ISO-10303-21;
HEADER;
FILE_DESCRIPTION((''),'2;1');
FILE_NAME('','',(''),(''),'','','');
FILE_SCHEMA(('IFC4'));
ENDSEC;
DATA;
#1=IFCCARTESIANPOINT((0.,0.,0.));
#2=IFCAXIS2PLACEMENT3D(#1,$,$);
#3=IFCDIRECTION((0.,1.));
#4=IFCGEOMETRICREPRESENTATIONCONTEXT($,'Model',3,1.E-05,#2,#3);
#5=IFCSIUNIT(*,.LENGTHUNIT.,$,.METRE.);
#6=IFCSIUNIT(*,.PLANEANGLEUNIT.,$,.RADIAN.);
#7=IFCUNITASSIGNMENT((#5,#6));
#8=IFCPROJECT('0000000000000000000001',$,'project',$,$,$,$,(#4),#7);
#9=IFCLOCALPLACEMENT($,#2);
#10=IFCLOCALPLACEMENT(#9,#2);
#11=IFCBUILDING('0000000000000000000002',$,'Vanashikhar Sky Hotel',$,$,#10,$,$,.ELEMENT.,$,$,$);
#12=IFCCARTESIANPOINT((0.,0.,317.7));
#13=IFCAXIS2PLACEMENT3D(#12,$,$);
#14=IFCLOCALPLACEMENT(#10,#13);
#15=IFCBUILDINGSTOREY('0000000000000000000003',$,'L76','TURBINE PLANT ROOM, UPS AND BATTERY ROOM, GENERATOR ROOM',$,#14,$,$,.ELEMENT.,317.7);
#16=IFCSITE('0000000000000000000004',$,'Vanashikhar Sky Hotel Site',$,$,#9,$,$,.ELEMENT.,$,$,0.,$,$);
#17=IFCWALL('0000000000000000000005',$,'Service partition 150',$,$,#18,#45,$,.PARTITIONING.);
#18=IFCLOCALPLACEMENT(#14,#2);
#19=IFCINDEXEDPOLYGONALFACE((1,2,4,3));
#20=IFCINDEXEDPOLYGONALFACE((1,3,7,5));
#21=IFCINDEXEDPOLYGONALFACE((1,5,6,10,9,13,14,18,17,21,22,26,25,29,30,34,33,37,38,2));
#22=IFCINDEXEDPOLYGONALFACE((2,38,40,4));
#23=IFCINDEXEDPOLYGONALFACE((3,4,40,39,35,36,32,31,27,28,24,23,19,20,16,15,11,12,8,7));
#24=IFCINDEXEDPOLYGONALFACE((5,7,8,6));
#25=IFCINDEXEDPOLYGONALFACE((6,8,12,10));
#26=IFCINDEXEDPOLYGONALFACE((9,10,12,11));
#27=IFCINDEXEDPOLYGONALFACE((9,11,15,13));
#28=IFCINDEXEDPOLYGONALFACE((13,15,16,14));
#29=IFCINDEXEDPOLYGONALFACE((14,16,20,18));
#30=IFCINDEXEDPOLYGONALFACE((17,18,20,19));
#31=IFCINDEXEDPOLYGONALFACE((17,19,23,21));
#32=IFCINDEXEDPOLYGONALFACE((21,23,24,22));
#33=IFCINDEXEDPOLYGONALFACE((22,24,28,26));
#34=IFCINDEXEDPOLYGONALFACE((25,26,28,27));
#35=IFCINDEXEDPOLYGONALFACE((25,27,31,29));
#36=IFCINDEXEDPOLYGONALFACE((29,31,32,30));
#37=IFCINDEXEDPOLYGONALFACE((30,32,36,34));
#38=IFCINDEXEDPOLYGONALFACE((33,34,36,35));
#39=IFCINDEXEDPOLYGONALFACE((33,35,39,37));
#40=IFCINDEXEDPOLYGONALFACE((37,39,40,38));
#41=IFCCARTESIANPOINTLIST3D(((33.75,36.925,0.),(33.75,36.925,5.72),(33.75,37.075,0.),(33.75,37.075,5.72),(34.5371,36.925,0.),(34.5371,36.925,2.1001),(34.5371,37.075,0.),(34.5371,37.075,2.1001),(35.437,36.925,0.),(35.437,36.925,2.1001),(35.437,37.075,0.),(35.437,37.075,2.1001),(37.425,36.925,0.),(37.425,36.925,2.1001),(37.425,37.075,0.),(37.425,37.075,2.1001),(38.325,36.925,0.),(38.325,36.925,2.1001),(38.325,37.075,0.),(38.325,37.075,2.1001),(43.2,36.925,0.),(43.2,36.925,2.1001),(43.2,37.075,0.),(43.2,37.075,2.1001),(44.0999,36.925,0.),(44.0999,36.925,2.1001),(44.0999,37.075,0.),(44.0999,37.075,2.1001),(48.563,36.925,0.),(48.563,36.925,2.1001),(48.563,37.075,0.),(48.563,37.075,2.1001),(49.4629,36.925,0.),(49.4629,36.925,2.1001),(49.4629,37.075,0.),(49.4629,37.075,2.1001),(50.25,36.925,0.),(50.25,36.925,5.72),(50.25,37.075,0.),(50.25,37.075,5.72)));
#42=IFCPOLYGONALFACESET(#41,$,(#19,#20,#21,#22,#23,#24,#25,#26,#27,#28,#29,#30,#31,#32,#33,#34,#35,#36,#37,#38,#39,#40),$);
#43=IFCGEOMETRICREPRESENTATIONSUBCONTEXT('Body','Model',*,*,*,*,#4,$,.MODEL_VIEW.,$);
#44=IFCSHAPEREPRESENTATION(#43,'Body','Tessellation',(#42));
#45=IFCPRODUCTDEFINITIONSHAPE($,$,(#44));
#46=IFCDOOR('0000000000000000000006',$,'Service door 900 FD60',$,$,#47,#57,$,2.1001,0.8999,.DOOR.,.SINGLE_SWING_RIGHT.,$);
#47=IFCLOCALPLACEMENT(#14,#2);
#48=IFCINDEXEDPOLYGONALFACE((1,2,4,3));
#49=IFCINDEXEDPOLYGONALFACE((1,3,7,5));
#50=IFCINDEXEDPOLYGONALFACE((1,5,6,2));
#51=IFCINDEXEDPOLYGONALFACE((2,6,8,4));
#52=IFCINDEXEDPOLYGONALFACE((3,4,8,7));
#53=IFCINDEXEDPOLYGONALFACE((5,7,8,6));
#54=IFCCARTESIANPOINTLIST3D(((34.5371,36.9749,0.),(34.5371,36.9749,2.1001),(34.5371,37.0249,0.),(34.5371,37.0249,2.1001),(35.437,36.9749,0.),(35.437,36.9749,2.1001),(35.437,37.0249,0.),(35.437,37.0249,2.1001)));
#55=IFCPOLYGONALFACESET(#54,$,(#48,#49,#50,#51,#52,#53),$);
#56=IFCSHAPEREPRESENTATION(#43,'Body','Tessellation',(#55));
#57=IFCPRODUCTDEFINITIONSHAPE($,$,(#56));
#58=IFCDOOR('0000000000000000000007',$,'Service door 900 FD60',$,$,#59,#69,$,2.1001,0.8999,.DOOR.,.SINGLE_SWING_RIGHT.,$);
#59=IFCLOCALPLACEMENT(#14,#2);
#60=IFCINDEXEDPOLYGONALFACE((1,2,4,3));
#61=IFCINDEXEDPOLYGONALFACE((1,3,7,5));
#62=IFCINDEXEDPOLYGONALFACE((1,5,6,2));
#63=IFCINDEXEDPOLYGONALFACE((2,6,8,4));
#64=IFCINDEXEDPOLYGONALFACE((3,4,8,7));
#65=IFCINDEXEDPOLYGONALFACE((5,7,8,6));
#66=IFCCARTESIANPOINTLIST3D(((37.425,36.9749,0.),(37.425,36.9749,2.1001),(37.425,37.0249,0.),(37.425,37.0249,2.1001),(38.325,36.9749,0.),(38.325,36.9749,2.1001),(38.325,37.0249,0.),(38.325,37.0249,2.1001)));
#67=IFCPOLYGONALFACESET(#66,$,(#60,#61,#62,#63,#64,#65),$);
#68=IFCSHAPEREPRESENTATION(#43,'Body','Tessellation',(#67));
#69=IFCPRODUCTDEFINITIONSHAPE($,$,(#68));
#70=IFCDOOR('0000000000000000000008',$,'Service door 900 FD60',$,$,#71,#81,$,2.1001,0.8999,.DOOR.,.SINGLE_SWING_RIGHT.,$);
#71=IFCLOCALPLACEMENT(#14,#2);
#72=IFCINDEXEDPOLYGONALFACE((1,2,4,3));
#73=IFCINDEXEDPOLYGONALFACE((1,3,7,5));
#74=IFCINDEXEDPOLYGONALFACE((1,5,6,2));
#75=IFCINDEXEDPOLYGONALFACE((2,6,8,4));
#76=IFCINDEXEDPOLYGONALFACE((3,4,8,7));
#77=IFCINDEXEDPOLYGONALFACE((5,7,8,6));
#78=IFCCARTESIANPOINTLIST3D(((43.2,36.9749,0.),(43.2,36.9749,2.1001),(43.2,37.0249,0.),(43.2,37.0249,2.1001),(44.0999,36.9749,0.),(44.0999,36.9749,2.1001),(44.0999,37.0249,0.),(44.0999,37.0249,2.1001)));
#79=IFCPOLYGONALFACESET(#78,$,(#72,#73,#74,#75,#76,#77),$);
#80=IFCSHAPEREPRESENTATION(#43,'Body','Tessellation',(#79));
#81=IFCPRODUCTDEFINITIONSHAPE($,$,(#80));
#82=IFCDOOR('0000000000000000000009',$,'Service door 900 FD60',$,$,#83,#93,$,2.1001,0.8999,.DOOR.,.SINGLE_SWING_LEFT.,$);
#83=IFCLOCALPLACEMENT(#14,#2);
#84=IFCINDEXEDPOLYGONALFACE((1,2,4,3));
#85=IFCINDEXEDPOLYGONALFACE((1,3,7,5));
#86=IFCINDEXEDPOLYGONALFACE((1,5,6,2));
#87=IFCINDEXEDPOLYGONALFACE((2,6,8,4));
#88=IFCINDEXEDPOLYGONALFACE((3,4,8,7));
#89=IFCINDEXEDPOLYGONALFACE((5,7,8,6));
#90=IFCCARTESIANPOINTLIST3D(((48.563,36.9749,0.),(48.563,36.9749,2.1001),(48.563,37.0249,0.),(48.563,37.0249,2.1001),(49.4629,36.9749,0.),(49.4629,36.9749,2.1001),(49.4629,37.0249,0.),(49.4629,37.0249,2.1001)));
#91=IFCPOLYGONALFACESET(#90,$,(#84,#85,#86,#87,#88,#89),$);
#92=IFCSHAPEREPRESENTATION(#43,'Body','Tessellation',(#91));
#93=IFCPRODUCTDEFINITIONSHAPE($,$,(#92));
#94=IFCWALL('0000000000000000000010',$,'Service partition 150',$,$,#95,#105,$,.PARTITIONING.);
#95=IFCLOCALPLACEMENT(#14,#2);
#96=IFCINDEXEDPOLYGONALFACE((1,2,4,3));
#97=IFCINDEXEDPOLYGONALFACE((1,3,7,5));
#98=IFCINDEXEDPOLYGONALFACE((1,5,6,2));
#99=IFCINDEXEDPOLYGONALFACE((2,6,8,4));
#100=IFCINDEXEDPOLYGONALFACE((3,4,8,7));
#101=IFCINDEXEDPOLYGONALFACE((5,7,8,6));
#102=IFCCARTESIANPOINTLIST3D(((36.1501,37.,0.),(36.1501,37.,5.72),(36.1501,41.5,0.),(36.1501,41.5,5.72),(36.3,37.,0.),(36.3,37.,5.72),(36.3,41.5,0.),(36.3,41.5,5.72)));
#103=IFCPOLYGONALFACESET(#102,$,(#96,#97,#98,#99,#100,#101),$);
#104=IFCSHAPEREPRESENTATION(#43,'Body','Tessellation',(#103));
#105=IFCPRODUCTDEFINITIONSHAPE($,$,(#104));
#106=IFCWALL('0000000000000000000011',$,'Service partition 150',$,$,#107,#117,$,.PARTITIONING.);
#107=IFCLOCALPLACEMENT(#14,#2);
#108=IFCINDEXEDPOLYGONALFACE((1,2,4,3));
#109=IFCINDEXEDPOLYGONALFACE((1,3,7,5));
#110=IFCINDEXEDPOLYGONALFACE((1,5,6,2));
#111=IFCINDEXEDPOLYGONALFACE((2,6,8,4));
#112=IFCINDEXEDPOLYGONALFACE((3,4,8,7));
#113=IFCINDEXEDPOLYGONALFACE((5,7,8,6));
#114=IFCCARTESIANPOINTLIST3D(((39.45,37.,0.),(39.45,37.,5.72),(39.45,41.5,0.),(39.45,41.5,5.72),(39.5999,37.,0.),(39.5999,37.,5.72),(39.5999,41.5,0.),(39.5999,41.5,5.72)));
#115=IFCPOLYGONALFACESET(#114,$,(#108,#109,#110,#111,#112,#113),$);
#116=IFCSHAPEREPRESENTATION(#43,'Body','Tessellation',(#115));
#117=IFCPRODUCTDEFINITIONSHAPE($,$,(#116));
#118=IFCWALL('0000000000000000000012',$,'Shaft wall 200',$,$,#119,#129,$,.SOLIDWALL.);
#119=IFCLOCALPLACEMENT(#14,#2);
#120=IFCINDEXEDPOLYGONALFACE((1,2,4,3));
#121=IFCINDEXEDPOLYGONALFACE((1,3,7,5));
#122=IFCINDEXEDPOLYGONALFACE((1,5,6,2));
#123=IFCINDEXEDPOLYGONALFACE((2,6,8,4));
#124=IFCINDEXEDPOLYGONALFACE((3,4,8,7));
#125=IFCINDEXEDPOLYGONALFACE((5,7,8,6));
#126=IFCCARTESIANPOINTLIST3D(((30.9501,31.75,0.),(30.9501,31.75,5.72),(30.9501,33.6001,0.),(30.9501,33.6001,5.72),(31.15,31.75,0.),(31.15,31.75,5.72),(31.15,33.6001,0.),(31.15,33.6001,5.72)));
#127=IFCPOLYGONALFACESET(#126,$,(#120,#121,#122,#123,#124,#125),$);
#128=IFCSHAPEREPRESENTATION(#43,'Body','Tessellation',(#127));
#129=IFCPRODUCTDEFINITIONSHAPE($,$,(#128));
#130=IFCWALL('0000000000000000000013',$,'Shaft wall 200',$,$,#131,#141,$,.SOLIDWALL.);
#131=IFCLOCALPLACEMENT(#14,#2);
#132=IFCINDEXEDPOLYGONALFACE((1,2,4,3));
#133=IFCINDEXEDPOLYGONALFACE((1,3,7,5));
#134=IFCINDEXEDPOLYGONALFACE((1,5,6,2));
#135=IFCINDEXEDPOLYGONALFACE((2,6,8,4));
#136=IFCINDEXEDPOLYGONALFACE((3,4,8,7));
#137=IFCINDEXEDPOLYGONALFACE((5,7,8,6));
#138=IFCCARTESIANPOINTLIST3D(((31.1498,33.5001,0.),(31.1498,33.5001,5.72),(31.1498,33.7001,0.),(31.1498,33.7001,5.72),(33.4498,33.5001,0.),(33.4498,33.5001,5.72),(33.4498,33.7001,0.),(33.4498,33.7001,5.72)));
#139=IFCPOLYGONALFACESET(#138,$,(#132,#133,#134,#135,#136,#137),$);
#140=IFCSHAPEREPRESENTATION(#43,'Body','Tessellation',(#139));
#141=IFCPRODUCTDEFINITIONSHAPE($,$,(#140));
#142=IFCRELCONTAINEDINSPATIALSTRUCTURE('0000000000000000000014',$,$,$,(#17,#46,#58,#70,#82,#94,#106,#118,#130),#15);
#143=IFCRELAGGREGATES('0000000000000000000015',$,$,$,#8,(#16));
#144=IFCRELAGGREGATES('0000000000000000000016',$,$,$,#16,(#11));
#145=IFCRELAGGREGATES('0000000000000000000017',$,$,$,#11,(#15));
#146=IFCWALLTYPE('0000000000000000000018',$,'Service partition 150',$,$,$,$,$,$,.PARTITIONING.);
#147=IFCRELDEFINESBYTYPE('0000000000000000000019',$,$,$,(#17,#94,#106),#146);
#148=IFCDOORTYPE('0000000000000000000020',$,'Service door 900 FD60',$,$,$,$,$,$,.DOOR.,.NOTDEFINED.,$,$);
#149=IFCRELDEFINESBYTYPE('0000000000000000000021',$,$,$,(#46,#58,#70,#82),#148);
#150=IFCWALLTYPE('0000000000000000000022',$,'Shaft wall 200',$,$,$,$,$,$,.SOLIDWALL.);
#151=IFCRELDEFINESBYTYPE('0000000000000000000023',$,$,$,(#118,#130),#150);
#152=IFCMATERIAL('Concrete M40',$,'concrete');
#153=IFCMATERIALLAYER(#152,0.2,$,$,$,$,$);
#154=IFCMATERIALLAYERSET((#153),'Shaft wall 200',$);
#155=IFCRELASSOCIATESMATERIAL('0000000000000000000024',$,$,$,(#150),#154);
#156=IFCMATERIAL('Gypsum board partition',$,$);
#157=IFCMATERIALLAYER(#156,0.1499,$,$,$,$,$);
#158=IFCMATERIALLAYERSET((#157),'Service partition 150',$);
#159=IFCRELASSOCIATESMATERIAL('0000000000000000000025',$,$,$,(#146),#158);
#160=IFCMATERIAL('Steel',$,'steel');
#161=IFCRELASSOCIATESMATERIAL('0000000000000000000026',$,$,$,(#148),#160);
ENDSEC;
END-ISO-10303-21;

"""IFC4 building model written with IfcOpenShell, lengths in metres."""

from ifc_helpers import new_model, si_unit, direction, frame, frame_2d, origin, place, context, subcontext, project, spatial, rectangle, extrude, source, transform, mapped, material, layer, layer_set, type_object, element, fill, save


model = new_model("IFC4")

# Units and contexts
model_context = context("Model", 3, precision=1e-05, world=origin(), true_north=direction((0.0, 1.0)))
body_context = subcontext(model_context, "Body", "Model", "MODEL_VIEW")
ifc_project = project(units=[si_unit("LENGTHUNIT", "METRE"), si_unit("PLANEANGLEUNIT", "RADIAN")], contexts=[model_context])

# Site, building, storey
site_placement = place(None, origin())
site = spatial("IfcSite", under=ifc_project, at=site_placement, Name="Vanashikhar Sky Hotel Site", CompositionType="ELEMENT", RefElevation=0.0)
building_placement = place(site_placement, origin())
building = spatial("IfcBuilding", under=site, at=building_placement, Name="Vanashikhar Sky Hotel", CompositionType="ELEMENT")
storey_placement = place(building_placement, frame((0.0, 0.0, 317.7)))
storey = spatial("IfcBuildingStorey", under=building, at=storey_placement, Name="L76", Description="TURBINE PLANT ROOM, UPS AND BATTERY ROOM, GENERATOR ROOM", CompositionType="ELEMENT", Elevation=317.7)

# Shared definitions
ifc_material_1 = material(Name="Steel", Category="steel")

# Shared definitions
ifc_material_2 = material(Name="Concrete M40", Category="concrete")
ifc_layer_1 = layer(ifc_material_2, 0.2)
ifc_layer_set_1 = layer_set([ifc_layer_1], Name="Shaft wall 200")
wall_type_1 = type_object("IfcWallType", Name="Shaft wall 200", PredefinedType="SOLIDWALL", material=ifc_layer_set_1)

# Shared definitions
ifc_material_3 = material(Name="Gypsum board partition")
ifc_layer_2 = layer(ifc_material_3, 0.1499)
ifc_layer_set_2 = layer_set([ifc_layer_2], Name="Service partition 150")
wall_type_2 = type_object("IfcWallType", Name="Service partition 150", PredefinedType="PARTITIONING", material=ifc_layer_set_2)

# Shared definitions
shared_shape_1 = source(origin(), body_context, "Body", "SweptSolid", [
    extrude(rectangle(XDim=0.8999, YDim=2.1001, at=frame_2d((0.45, 1.05))), frame((0.0, 0.085, 0.0), z_axis=(0.0, -1.0, 0.0), x_axis=(1.0, 0.0, 0.0)), (0.0, 0.0, 1.0), 0.1699),
])
door_type_1 = type_object("IfcDoorType", Name="Service door 900 FD60", OperationType="NOTDEFINED", PredefinedType="DOOR", material=ifc_material_1)
shared_shape_2 = source(origin(), body_context, "Body", "SweptSolid", [
    extrude(rectangle(XDim=0.8999, YDim=2.1001, at=frame_2d((0.45, 1.05))), frame((0.0, 0.0249, 0.0), z_axis=(0.0, -1.0, 0.0), x_axis=(1.0, 0.0, 0.0)), (0.0, 0.0, 1.0), 0.05),
])

# Wall, openings, doors
shared_shape_3 = source(origin(), body_context, "Body", "SweptSolid", [
    extrude(rectangle(XDim=16.5, YDim=0.1499, at=frame_2d((8.25, 0.0))), origin(), (0.0, 0.0, 1.0), 5.72),
])
wall_1_placement = place(storey_placement, frame((33.75, 37.0, 0.0), z_axis=(0.0, 0.0, 1.0), x_axis=(1.0, 0.0, 0.0)))
wall_1 = element("IfcWall", 1, at=wall_1_placement, inside=storey, type_object=wall_type_2, Name="Service partition 150", PredefinedType="PARTITIONING", context=body_context, shape_type="MappedRepresentation", body=[
    mapped(shared_shape_3, transform((0.0, 0.0, 0.0), scale=1.0)),
])
opening_1_placement = place(wall_1_placement, frame((0.7871, 0.0, 0.0)))
opening_1 = element("IfcOpeningElement", 2, at=opening_1_placement, cuts=wall_1, PredefinedType="OPENING", context=body_context, shape_type="MappedRepresentation", body=[
    mapped(shared_shape_1, transform((0.0, 0.0, 0.0), scale=1.0)),
])
opening_2_placement = place(wall_1_placement, frame((3.675, 0.0, 0.0)))
opening_2 = element("IfcOpeningElement", 3, at=opening_2_placement, cuts=wall_1, PredefinedType="OPENING", context=body_context, shape_type="MappedRepresentation", body=[
    mapped(shared_shape_1, transform((0.0, 0.0, 0.0), scale=1.0)),
])
opening_3_placement = place(wall_1_placement, frame((9.45, 0.0, 0.0)))
opening_3 = element("IfcOpeningElement", 4, at=opening_3_placement, cuts=wall_1, PredefinedType="OPENING", context=body_context, shape_type="MappedRepresentation", body=[
    mapped(shared_shape_1, transform((0.0, 0.0, 0.0), scale=1.0)),
])
opening_4_placement = place(wall_1_placement, frame((14.813, 0.0, 0.0)))
opening_4 = element("IfcOpeningElement", 5, at=opening_4_placement, cuts=wall_1, PredefinedType="OPENING", context=body_context, shape_type="MappedRepresentation", body=[
    mapped(shared_shape_1, transform((0.0, 0.0, 0.0), scale=1.0)),
])
door_1_placement = place(opening_1_placement, origin())
door_1 = element("IfcDoor", 6, at=door_1_placement, inside=storey, type_object=door_type_1, Name="Service door 900 FD60", OperationType="SINGLE_SWING_RIGHT", OverallHeight=2.1001, OverallWidth=0.8999, PredefinedType="DOOR", context=body_context, shape_type="MappedRepresentation", body=[
    mapped(shared_shape_2, transform((0.0, 0.0, 0.0), scale=1.0)),
])
fill(opening_1, door_1)
door_2_placement = place(opening_2_placement, origin())
door_2 = element("IfcDoor", 7, at=door_2_placement, inside=storey, type_object=door_type_1, Name="Service door 900 FD60", OperationType="SINGLE_SWING_RIGHT", OverallHeight=2.1001, OverallWidth=0.8999, PredefinedType="DOOR", context=body_context, shape_type="MappedRepresentation", body=[
    mapped(shared_shape_2, transform((0.0, 0.0, 0.0), scale=1.0)),
])
fill(opening_2, door_2)
door_3_placement = place(opening_3_placement, origin())
door_3 = element("IfcDoor", 8, at=door_3_placement, inside=storey, type_object=door_type_1, Name="Service door 900 FD60", OperationType="SINGLE_SWING_RIGHT", OverallHeight=2.1001, OverallWidth=0.8999, PredefinedType="DOOR", context=body_context, shape_type="MappedRepresentation", body=[
    mapped(shared_shape_2, transform((0.0, 0.0, 0.0), scale=1.0)),
])
fill(opening_3, door_3)
door_4_placement = place(opening_4_placement, origin())
door_4 = element("IfcDoor", 9, at=door_4_placement, inside=storey, type_object=door_type_1, Name="Service door 900 FD60", OperationType="SINGLE_SWING_LEFT", OverallHeight=2.1001, OverallWidth=0.8999, PredefinedType="DOOR", context=body_context, shape_type="MappedRepresentation", body=[
    mapped(shared_shape_2, transform((0.0, 0.0, 0.0), scale=1.0)),
])
fill(opening_4, door_4)

# Walls
shared_shape_4 = source(origin(), body_context, "Body", "SweptSolid", [
    extrude(rectangle(XDim=4.5, YDim=0.1499, at=frame_2d((2.25, 0.0))), origin(), (0.0, 0.0, 1.0), 5.72),
])
for number, where, z_axis, x_axis, name in (
    (10, (36.2251, 37.0, 0.0), (0.0, 0.0, 1.0), (0.0, 1.0, 0.0), "Service partition 150"),
    (11, (39.5249, 37.0, 0.0), (0.0, 0.0, 1.0), (0.0, 1.0, 0.0), "Service partition 150"),
):
    element("IfcWall", number, at=place(storey_placement, frame(where, z_axis=z_axis, x_axis=x_axis)), inside=storey, type_object=wall_type_2, Name=name, PredefinedType="PARTITIONING", context=body_context, shape_type="MappedRepresentation", body=[
        mapped(shared_shape_4, transform((0.0, 0.0, 0.0), scale=1.0)),
    ])
shared_shape_5 = source(origin(), body_context, "Body", "SweptSolid", [
    extrude(rectangle(XDim=1.8501, YDim=0.2, at=frame_2d((0.925, 0.0))), origin(), (0.0, 0.0, 1.0), 5.72),
])
wall_2_placement = place(storey_placement, frame((31.05, 31.75, 0.0), z_axis=(0.0, 0.0, 1.0), x_axis=(0.0, 1.0, 0.0)))
element("IfcWall", 12, at=wall_2_placement, inside=storey, type_object=wall_type_1, Name="Shaft wall 200", PredefinedType="SOLIDWALL", context=body_context, shape_type="MappedRepresentation", body=[
    mapped(shared_shape_5, transform((0.0, 0.0, 0.0), scale=1.0)),
])
shared_shape_6 = source(origin(), body_context, "Body", "SweptSolid", [
    extrude(rectangle(XDim=2.3, YDim=0.2, at=frame_2d((1.1499, 0.0))), origin(), (0.0, 0.0, 1.0), 5.72),
])
wall_3_placement = place(storey_placement, frame((31.1499, 33.6001, 0.0), z_axis=(0.0, 0.0, 1.0), x_axis=(1.0, 0.0, 0.0)))
element("IfcWall", 13, at=wall_3_placement, inside=storey, type_object=wall_type_1, Name="Shaft wall 200", PredefinedType="SOLIDWALL", context=body_context, shape_type="MappedRepresentation", body=[
    mapped(shared_shape_6, transform((0.0, 0.0, 0.0), scale=1.0)),
])

save(model, "model.ifc")
